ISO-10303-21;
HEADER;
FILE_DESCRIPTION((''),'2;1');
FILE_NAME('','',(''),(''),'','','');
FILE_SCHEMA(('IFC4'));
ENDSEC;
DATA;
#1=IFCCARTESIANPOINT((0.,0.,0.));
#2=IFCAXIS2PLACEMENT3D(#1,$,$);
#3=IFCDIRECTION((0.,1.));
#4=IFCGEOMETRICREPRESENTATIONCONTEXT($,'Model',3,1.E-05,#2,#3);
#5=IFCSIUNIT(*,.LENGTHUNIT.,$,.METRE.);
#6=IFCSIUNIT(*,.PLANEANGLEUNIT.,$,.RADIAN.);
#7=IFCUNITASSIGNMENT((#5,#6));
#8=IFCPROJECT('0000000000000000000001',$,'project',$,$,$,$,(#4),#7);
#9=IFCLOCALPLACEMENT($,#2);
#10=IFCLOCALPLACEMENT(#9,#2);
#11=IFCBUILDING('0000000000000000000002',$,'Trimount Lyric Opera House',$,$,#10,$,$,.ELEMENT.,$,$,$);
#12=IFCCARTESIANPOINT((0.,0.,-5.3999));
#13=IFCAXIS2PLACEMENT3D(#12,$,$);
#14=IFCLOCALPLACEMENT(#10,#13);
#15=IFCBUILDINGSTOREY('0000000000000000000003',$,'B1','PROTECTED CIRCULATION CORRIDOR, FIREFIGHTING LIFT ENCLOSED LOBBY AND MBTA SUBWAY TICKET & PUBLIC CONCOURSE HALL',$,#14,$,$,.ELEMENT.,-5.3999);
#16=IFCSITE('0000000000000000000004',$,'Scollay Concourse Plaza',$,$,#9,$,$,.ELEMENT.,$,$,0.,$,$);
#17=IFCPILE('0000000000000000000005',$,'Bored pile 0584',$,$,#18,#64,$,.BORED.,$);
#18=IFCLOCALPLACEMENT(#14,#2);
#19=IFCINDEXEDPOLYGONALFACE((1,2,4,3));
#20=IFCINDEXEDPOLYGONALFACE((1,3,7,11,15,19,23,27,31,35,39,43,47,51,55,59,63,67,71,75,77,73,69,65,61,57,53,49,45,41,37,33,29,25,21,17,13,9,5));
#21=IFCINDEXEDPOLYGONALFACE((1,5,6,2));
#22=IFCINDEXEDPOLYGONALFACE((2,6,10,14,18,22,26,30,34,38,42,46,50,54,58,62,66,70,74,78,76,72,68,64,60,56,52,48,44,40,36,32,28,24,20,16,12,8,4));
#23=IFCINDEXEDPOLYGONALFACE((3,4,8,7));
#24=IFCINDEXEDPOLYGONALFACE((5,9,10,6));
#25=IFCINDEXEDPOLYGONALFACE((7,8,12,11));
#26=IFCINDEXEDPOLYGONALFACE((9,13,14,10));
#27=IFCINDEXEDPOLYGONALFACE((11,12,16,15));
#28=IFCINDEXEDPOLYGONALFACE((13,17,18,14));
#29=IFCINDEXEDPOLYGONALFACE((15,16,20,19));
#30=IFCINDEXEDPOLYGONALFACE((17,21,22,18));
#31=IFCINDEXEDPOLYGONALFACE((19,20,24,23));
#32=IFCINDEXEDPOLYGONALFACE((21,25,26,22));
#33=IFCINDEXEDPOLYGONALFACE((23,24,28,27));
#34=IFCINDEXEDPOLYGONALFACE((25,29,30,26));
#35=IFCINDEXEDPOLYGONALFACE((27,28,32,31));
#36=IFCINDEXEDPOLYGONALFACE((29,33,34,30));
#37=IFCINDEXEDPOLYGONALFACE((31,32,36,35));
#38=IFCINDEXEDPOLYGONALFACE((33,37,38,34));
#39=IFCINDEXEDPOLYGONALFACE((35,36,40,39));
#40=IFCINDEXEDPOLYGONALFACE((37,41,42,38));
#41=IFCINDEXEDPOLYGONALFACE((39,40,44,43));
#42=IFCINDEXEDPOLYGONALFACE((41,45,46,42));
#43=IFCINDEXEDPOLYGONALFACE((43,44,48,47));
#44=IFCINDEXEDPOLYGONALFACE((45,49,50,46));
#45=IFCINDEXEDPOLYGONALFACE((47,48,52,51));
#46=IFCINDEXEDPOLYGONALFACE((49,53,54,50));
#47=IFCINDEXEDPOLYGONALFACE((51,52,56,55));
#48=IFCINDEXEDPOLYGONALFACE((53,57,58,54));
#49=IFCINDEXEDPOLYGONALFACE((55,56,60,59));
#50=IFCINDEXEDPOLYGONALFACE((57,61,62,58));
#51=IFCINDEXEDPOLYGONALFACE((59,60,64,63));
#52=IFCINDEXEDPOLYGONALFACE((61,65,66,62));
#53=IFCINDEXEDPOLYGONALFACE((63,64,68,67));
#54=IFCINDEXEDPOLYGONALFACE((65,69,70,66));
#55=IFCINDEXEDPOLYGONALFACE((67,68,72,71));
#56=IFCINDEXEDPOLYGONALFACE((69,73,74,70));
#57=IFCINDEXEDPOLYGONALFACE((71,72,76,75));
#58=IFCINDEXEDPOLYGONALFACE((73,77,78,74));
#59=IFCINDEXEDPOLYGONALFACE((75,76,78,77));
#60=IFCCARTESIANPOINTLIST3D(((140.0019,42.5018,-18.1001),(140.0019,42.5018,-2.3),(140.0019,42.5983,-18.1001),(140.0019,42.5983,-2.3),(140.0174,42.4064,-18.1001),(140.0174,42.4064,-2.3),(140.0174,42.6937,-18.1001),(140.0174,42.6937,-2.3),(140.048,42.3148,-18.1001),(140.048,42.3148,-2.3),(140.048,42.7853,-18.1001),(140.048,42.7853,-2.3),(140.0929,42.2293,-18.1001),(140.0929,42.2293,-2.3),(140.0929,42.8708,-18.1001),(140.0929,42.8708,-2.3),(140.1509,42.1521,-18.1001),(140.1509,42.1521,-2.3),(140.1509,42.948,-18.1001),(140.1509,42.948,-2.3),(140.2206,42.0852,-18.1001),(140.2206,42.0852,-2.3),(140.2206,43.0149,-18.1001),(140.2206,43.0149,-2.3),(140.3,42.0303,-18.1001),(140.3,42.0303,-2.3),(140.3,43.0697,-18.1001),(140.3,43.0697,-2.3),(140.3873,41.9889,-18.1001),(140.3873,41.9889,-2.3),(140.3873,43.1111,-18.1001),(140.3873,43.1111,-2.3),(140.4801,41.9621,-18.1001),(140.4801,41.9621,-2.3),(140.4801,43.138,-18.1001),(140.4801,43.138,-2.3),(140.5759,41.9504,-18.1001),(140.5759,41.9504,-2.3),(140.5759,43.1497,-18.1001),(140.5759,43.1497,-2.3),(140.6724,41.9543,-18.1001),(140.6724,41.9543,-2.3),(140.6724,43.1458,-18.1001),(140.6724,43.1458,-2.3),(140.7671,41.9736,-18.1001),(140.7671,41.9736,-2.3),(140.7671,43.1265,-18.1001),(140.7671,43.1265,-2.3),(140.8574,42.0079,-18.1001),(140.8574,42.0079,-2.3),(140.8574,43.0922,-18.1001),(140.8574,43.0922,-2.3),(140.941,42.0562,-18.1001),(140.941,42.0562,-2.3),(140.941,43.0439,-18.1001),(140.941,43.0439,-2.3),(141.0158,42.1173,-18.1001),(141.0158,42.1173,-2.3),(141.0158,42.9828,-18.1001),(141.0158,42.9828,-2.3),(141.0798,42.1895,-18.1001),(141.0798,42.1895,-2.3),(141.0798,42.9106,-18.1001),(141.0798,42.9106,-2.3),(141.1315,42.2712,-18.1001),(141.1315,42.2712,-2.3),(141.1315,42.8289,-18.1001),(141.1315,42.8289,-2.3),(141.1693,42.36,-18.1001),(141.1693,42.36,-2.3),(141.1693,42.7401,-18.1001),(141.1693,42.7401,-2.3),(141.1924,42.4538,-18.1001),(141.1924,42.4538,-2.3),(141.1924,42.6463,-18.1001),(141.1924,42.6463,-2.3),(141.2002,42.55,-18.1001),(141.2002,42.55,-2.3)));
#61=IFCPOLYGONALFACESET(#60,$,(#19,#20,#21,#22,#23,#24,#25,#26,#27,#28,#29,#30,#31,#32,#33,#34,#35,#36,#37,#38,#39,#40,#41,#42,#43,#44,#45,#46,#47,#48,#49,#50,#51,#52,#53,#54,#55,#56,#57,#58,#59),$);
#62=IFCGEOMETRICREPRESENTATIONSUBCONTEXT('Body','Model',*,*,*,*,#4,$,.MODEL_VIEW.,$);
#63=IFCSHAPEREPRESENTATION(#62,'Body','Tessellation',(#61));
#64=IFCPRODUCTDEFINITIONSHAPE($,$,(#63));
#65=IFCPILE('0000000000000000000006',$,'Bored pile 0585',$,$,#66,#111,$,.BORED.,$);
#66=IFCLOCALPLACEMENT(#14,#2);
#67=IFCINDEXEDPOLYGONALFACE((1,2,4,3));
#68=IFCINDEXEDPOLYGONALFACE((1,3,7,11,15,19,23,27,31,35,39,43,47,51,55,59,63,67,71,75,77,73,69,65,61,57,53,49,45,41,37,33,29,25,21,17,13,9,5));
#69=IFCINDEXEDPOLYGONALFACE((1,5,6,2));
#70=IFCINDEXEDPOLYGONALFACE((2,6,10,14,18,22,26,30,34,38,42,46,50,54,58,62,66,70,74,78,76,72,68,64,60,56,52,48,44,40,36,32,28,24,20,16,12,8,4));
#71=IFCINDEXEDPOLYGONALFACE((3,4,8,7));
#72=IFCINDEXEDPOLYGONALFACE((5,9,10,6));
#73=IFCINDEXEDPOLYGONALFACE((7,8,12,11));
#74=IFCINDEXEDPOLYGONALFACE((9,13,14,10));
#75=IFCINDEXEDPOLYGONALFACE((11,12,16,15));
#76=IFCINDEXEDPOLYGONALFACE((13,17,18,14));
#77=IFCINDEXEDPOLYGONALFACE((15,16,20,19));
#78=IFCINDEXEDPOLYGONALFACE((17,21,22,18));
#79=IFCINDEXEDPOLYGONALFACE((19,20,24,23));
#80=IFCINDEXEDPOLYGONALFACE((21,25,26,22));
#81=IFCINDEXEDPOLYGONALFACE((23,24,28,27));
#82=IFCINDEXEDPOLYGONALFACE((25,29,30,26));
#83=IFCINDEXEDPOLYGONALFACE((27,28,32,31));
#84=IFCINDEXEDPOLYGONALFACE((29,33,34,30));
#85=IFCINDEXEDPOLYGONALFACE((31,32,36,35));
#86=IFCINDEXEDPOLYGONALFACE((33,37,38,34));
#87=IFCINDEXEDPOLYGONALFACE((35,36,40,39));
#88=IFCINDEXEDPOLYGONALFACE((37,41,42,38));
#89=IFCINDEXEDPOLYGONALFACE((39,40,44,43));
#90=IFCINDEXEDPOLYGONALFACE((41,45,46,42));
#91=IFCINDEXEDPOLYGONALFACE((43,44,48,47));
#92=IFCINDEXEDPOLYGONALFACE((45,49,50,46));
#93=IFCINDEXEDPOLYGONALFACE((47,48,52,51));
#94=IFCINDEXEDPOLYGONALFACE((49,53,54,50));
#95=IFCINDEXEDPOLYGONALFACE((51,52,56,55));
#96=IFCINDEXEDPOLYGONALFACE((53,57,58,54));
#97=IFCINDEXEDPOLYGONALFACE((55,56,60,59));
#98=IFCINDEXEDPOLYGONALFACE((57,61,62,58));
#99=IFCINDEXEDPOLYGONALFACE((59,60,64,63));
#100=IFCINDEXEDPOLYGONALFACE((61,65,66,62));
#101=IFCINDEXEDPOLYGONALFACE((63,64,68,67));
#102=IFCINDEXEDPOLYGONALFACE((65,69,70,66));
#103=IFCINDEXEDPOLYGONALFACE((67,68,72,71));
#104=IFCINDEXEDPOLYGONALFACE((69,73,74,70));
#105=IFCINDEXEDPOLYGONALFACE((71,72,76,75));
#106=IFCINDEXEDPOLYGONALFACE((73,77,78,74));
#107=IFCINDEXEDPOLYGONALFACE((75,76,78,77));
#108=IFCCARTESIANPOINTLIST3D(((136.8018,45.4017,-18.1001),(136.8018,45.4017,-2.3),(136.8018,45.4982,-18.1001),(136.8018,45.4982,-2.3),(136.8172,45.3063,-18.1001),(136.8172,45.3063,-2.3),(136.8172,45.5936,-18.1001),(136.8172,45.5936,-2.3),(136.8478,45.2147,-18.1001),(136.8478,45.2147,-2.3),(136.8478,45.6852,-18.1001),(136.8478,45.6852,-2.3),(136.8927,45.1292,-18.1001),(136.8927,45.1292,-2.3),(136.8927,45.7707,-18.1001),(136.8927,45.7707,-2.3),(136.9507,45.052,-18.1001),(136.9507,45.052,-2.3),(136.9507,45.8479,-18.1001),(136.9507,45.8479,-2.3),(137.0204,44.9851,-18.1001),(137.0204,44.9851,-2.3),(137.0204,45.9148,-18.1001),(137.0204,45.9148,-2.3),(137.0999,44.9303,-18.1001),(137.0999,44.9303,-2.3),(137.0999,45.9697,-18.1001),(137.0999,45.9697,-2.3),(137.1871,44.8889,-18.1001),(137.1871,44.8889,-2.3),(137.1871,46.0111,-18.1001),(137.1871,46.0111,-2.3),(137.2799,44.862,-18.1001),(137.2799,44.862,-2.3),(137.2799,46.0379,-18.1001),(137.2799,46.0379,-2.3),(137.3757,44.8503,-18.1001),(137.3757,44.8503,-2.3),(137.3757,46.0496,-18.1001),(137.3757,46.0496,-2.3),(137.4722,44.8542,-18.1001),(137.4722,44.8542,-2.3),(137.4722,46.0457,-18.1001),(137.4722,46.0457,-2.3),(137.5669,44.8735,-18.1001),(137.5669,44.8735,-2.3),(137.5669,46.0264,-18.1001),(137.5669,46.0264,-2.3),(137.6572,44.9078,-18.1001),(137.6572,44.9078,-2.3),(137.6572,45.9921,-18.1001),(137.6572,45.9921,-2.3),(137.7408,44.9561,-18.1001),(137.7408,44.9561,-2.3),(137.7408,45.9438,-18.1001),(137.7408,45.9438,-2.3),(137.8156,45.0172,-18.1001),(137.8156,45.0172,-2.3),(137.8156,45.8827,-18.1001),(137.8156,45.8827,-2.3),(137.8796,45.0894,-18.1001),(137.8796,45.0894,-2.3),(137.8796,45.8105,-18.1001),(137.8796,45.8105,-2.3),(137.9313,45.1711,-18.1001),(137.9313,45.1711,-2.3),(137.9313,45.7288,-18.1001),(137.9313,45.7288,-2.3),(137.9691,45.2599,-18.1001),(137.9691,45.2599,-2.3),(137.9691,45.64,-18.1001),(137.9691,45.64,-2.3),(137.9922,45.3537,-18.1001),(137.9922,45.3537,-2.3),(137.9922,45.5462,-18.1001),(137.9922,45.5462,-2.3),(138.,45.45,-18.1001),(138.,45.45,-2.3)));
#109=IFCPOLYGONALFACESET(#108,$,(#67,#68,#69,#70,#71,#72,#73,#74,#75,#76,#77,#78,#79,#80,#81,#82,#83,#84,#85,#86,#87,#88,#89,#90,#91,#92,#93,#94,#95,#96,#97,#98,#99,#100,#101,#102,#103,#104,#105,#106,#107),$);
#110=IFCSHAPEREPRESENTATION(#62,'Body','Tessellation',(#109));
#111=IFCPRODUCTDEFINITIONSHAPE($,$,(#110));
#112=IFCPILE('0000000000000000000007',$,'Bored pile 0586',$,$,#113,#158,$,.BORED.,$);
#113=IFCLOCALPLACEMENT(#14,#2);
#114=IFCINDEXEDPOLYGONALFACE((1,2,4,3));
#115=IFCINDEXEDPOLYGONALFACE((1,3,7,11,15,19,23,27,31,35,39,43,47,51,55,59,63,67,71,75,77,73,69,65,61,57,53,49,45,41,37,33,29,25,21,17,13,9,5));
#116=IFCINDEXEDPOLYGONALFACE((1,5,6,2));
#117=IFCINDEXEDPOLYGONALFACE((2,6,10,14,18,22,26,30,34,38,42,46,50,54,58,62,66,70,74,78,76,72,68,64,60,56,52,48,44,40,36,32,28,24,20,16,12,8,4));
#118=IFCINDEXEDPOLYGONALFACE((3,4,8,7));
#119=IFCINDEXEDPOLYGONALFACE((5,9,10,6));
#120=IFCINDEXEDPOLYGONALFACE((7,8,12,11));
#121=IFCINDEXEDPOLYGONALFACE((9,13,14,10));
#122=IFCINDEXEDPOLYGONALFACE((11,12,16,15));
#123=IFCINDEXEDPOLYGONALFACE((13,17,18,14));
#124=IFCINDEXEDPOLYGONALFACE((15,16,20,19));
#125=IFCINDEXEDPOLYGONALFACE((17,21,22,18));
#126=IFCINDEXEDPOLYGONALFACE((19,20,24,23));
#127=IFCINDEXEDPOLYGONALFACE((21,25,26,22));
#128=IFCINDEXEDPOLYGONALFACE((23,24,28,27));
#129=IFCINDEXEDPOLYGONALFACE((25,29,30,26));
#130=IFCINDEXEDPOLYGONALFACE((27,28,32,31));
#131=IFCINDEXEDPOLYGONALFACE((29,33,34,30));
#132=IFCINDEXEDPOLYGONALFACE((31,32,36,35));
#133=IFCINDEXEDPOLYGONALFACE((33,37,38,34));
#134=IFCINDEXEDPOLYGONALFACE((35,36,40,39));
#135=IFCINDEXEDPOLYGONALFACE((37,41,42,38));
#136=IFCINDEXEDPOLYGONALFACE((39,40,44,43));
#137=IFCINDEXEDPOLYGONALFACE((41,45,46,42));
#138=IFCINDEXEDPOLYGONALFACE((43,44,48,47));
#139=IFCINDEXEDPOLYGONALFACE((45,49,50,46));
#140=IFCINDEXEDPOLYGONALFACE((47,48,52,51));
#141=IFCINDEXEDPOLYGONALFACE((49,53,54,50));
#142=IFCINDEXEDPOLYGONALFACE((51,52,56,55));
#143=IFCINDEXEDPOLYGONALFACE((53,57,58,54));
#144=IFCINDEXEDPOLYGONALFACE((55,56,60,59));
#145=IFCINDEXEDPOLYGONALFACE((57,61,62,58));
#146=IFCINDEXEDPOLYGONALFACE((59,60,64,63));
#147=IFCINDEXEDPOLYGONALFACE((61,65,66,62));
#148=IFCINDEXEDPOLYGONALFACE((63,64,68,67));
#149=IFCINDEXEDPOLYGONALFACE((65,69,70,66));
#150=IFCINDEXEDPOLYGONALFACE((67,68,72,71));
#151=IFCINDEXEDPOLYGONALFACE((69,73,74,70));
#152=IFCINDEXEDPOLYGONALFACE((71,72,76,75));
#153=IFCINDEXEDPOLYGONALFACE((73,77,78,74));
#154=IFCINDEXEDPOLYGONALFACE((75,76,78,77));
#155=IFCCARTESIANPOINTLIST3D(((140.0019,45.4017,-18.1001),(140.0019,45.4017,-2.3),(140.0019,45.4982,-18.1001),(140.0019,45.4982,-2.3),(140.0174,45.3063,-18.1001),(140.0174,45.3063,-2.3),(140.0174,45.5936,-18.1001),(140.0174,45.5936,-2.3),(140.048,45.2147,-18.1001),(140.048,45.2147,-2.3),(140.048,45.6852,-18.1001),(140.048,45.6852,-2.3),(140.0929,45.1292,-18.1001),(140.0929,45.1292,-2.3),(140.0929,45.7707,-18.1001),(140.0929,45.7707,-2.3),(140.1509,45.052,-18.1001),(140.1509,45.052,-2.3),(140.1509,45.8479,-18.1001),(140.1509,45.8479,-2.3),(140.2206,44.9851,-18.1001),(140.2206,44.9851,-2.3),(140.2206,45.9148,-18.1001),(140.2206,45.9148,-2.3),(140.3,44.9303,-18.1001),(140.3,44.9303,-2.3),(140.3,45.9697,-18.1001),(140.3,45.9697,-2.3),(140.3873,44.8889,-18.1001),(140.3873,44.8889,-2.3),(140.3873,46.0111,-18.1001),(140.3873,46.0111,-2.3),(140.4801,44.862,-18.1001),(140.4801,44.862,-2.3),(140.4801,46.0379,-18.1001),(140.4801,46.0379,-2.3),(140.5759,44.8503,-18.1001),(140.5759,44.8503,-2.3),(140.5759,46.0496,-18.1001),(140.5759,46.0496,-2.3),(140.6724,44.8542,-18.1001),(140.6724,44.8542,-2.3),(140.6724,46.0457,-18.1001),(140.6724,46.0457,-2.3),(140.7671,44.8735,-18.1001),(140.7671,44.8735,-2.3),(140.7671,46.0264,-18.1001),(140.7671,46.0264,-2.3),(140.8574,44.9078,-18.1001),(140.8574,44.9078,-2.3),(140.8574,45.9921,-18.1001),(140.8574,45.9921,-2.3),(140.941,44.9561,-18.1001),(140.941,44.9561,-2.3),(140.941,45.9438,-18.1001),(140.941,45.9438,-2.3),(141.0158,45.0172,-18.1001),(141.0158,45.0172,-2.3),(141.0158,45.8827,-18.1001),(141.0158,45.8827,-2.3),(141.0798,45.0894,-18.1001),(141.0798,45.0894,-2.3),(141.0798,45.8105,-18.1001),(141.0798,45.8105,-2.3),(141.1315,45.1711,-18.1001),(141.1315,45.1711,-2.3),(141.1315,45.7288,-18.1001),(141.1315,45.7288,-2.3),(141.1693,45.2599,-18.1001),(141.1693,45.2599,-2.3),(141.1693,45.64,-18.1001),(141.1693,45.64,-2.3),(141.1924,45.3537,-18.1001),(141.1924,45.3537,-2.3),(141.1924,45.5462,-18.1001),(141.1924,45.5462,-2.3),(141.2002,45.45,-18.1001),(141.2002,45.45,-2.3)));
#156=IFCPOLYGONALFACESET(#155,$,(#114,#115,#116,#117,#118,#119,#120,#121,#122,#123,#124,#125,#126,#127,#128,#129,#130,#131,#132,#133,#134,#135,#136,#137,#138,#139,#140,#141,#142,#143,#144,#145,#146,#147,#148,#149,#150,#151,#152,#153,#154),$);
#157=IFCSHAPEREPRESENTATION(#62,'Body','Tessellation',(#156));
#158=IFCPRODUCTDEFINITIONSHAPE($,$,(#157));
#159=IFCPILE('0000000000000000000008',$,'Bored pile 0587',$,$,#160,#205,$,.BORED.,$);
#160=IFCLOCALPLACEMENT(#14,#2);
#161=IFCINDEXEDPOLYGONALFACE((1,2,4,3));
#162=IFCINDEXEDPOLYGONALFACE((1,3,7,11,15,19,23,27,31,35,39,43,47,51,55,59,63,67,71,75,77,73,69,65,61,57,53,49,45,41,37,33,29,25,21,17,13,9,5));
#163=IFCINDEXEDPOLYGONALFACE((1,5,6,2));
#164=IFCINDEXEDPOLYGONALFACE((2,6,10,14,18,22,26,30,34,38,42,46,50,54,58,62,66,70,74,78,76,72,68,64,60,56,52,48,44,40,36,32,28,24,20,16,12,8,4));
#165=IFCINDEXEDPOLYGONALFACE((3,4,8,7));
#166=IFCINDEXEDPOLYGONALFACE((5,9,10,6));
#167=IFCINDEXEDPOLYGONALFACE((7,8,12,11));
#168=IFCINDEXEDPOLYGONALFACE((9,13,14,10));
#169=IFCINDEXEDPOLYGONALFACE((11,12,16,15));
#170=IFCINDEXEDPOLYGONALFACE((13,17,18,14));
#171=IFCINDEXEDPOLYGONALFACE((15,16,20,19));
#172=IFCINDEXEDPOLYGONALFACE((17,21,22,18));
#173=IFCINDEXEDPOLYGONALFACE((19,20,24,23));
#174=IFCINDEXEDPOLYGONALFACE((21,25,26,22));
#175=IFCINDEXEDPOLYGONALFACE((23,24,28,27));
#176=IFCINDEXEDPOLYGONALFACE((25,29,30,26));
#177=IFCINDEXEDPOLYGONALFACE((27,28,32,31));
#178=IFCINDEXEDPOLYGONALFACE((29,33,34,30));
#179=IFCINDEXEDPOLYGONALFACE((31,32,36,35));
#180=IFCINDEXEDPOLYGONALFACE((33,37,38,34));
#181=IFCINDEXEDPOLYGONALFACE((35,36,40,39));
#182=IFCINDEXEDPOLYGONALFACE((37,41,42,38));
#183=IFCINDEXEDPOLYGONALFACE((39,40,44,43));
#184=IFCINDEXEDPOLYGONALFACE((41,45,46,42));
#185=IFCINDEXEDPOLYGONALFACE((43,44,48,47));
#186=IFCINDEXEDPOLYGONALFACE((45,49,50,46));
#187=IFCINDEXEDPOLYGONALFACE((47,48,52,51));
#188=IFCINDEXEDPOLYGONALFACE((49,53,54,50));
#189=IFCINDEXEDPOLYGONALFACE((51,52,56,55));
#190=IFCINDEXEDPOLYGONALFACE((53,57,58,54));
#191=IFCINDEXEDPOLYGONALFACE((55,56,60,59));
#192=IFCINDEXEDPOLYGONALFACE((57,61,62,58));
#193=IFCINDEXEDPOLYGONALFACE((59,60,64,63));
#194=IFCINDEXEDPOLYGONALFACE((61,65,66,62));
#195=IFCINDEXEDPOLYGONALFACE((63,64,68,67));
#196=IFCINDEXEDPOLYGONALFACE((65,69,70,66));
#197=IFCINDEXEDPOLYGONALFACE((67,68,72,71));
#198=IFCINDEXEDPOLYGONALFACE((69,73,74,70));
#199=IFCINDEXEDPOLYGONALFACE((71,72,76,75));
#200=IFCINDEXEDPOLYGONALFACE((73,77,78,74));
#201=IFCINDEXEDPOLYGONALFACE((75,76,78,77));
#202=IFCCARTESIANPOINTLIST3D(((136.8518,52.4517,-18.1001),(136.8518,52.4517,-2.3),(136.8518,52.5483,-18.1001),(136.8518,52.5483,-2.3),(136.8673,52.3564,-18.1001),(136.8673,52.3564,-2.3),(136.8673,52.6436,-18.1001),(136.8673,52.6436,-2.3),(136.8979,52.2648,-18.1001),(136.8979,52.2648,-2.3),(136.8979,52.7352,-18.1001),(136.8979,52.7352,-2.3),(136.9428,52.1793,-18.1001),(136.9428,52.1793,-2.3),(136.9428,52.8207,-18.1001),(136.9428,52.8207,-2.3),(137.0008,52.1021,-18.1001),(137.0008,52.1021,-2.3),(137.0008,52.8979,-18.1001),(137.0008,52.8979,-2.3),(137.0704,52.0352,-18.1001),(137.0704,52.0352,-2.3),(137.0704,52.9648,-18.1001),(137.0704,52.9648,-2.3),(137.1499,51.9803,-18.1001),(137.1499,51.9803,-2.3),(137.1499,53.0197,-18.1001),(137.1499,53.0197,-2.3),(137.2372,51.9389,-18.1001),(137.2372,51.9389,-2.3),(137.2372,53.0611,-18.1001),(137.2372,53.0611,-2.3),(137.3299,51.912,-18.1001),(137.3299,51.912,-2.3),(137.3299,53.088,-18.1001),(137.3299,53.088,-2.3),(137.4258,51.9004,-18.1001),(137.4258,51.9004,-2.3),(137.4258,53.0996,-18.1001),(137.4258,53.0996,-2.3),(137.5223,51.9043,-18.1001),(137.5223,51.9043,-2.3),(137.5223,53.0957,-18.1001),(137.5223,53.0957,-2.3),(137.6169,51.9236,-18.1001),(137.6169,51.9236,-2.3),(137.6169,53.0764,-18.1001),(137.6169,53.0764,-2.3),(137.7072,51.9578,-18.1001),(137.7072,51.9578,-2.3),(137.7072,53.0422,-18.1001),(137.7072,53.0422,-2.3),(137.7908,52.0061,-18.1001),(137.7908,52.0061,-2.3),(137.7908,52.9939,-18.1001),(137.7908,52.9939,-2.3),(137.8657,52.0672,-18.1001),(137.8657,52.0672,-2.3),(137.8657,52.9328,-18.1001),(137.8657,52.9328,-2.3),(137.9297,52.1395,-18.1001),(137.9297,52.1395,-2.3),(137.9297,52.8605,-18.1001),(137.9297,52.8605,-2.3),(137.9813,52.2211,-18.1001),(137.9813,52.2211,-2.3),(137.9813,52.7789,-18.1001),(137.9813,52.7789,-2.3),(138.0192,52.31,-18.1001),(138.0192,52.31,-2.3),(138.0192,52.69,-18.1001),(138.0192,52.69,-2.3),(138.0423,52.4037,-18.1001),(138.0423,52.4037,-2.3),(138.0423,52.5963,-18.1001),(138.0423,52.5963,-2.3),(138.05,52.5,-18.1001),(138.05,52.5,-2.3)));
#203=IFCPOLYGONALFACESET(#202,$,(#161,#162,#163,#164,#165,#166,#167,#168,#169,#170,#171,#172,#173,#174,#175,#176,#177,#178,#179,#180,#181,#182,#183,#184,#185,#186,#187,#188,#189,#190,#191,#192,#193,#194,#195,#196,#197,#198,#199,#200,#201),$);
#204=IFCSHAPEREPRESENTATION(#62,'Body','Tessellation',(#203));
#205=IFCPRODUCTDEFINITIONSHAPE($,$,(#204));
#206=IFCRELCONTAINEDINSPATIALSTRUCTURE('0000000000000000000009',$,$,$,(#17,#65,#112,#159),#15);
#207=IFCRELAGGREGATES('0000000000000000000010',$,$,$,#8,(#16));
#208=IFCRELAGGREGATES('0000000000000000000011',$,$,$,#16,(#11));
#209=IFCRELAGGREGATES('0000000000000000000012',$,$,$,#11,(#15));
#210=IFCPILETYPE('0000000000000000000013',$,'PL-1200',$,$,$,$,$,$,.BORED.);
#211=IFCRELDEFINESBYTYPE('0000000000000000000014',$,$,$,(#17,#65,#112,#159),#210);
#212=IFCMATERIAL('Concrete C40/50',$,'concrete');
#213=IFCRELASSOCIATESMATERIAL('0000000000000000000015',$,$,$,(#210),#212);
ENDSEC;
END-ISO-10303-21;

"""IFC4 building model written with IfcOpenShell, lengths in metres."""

from ifc_helpers import new_model, si_unit, direction, frame, origin, origin_2d, place, context, subcontext, project, spatial, circle, extrude, material, material_profile, profile_set, type_object, element, save


model = new_model("IFC4")

# Units and contexts
model_context = context("Model", 3, precision=1e-05, world=origin(), true_north=direction((0.0, 1.0)))
body_context = subcontext(model_context, "Body", "Model", "MODEL_VIEW")
ifc_project = project(units=[si_unit("LENGTHUNIT", "METRE"), si_unit("PLANEANGLEUNIT", "RADIAN")], contexts=[model_context])

# Site, building, storey
site_placement = place(None, origin())
site = spatial("IfcSite", under=ifc_project, at=site_placement, Name="Scollay Concourse Plaza", CompositionType="ELEMENT", RefElevation=0.0)
building_placement = place(site_placement, origin())
building = spatial("IfcBuilding", under=site, at=building_placement, Name="Trimount Lyric Opera House", CompositionType="ELEMENT")
storey_placement = place(building_placement, frame((0.0, 0.0, -5.3999)))
storey = spatial("IfcBuildingStorey", under=building, at=storey_placement, Name="B1", Description="PROTECTED CIRCULATION CORRIDOR, FIREFIGHTING LIFT ENCLOSED LOBBY AND MBTA SUBWAY TICKET & PUBLIC CONCOURSE HALL", CompositionType="ELEMENT", Elevation=-5.3999)

# Piles
ifc_material_1 = material(Name="Concrete C40/50", Category="concrete")
ifc_material_profile_1 = material_profile(ifc_material_1, circle(Radius=0.6001, at=origin_2d()), Name="PILE-D1200")
ifc_profile_set_1 = profile_set([ifc_material_profile_1], Name="Concrete C40/50")
pile_type_1 = type_object("IfcPileType", Name="PL-1200", PredefinedType="BORED", material=ifc_profile_set_1)
for number, where, z_axis, x_axis, name in (
    (1, (140.6001, 42.55, -2.3), (0.0, 0.0, -1.0), (1.0, 0.0, 0.0), "Bored pile 0584"),
    (2, (137.3999, 45.45, -2.3), (0.0, 0.0, -1.0), (1.0, 0.0, 0.0), "Bored pile 0585"),
    (3, (140.6001, 45.45, -2.3), (0.0, 0.0, -1.0), (1.0, 0.0, 0.0), "Bored pile 0586"),
    (4, (137.45, 52.5, -2.3), (0.0, 0.0, -1.0), (1.0, 0.0, 0.0), "Bored pile 0587"),
):
    element("IfcPile", number, at=place(storey_placement, frame(where, z_axis=z_axis, x_axis=x_axis)), inside=storey, type_object=pile_type_1, Name=name, PredefinedType="BORED", context=body_context, shape_type="SweptSolid", body=[
        extrude(circle(Radius=0.6001, at=origin_2d()), origin(), (0.0, 0.0, 1.0), 15.8),
    ])

save(model, "model.ifc")
